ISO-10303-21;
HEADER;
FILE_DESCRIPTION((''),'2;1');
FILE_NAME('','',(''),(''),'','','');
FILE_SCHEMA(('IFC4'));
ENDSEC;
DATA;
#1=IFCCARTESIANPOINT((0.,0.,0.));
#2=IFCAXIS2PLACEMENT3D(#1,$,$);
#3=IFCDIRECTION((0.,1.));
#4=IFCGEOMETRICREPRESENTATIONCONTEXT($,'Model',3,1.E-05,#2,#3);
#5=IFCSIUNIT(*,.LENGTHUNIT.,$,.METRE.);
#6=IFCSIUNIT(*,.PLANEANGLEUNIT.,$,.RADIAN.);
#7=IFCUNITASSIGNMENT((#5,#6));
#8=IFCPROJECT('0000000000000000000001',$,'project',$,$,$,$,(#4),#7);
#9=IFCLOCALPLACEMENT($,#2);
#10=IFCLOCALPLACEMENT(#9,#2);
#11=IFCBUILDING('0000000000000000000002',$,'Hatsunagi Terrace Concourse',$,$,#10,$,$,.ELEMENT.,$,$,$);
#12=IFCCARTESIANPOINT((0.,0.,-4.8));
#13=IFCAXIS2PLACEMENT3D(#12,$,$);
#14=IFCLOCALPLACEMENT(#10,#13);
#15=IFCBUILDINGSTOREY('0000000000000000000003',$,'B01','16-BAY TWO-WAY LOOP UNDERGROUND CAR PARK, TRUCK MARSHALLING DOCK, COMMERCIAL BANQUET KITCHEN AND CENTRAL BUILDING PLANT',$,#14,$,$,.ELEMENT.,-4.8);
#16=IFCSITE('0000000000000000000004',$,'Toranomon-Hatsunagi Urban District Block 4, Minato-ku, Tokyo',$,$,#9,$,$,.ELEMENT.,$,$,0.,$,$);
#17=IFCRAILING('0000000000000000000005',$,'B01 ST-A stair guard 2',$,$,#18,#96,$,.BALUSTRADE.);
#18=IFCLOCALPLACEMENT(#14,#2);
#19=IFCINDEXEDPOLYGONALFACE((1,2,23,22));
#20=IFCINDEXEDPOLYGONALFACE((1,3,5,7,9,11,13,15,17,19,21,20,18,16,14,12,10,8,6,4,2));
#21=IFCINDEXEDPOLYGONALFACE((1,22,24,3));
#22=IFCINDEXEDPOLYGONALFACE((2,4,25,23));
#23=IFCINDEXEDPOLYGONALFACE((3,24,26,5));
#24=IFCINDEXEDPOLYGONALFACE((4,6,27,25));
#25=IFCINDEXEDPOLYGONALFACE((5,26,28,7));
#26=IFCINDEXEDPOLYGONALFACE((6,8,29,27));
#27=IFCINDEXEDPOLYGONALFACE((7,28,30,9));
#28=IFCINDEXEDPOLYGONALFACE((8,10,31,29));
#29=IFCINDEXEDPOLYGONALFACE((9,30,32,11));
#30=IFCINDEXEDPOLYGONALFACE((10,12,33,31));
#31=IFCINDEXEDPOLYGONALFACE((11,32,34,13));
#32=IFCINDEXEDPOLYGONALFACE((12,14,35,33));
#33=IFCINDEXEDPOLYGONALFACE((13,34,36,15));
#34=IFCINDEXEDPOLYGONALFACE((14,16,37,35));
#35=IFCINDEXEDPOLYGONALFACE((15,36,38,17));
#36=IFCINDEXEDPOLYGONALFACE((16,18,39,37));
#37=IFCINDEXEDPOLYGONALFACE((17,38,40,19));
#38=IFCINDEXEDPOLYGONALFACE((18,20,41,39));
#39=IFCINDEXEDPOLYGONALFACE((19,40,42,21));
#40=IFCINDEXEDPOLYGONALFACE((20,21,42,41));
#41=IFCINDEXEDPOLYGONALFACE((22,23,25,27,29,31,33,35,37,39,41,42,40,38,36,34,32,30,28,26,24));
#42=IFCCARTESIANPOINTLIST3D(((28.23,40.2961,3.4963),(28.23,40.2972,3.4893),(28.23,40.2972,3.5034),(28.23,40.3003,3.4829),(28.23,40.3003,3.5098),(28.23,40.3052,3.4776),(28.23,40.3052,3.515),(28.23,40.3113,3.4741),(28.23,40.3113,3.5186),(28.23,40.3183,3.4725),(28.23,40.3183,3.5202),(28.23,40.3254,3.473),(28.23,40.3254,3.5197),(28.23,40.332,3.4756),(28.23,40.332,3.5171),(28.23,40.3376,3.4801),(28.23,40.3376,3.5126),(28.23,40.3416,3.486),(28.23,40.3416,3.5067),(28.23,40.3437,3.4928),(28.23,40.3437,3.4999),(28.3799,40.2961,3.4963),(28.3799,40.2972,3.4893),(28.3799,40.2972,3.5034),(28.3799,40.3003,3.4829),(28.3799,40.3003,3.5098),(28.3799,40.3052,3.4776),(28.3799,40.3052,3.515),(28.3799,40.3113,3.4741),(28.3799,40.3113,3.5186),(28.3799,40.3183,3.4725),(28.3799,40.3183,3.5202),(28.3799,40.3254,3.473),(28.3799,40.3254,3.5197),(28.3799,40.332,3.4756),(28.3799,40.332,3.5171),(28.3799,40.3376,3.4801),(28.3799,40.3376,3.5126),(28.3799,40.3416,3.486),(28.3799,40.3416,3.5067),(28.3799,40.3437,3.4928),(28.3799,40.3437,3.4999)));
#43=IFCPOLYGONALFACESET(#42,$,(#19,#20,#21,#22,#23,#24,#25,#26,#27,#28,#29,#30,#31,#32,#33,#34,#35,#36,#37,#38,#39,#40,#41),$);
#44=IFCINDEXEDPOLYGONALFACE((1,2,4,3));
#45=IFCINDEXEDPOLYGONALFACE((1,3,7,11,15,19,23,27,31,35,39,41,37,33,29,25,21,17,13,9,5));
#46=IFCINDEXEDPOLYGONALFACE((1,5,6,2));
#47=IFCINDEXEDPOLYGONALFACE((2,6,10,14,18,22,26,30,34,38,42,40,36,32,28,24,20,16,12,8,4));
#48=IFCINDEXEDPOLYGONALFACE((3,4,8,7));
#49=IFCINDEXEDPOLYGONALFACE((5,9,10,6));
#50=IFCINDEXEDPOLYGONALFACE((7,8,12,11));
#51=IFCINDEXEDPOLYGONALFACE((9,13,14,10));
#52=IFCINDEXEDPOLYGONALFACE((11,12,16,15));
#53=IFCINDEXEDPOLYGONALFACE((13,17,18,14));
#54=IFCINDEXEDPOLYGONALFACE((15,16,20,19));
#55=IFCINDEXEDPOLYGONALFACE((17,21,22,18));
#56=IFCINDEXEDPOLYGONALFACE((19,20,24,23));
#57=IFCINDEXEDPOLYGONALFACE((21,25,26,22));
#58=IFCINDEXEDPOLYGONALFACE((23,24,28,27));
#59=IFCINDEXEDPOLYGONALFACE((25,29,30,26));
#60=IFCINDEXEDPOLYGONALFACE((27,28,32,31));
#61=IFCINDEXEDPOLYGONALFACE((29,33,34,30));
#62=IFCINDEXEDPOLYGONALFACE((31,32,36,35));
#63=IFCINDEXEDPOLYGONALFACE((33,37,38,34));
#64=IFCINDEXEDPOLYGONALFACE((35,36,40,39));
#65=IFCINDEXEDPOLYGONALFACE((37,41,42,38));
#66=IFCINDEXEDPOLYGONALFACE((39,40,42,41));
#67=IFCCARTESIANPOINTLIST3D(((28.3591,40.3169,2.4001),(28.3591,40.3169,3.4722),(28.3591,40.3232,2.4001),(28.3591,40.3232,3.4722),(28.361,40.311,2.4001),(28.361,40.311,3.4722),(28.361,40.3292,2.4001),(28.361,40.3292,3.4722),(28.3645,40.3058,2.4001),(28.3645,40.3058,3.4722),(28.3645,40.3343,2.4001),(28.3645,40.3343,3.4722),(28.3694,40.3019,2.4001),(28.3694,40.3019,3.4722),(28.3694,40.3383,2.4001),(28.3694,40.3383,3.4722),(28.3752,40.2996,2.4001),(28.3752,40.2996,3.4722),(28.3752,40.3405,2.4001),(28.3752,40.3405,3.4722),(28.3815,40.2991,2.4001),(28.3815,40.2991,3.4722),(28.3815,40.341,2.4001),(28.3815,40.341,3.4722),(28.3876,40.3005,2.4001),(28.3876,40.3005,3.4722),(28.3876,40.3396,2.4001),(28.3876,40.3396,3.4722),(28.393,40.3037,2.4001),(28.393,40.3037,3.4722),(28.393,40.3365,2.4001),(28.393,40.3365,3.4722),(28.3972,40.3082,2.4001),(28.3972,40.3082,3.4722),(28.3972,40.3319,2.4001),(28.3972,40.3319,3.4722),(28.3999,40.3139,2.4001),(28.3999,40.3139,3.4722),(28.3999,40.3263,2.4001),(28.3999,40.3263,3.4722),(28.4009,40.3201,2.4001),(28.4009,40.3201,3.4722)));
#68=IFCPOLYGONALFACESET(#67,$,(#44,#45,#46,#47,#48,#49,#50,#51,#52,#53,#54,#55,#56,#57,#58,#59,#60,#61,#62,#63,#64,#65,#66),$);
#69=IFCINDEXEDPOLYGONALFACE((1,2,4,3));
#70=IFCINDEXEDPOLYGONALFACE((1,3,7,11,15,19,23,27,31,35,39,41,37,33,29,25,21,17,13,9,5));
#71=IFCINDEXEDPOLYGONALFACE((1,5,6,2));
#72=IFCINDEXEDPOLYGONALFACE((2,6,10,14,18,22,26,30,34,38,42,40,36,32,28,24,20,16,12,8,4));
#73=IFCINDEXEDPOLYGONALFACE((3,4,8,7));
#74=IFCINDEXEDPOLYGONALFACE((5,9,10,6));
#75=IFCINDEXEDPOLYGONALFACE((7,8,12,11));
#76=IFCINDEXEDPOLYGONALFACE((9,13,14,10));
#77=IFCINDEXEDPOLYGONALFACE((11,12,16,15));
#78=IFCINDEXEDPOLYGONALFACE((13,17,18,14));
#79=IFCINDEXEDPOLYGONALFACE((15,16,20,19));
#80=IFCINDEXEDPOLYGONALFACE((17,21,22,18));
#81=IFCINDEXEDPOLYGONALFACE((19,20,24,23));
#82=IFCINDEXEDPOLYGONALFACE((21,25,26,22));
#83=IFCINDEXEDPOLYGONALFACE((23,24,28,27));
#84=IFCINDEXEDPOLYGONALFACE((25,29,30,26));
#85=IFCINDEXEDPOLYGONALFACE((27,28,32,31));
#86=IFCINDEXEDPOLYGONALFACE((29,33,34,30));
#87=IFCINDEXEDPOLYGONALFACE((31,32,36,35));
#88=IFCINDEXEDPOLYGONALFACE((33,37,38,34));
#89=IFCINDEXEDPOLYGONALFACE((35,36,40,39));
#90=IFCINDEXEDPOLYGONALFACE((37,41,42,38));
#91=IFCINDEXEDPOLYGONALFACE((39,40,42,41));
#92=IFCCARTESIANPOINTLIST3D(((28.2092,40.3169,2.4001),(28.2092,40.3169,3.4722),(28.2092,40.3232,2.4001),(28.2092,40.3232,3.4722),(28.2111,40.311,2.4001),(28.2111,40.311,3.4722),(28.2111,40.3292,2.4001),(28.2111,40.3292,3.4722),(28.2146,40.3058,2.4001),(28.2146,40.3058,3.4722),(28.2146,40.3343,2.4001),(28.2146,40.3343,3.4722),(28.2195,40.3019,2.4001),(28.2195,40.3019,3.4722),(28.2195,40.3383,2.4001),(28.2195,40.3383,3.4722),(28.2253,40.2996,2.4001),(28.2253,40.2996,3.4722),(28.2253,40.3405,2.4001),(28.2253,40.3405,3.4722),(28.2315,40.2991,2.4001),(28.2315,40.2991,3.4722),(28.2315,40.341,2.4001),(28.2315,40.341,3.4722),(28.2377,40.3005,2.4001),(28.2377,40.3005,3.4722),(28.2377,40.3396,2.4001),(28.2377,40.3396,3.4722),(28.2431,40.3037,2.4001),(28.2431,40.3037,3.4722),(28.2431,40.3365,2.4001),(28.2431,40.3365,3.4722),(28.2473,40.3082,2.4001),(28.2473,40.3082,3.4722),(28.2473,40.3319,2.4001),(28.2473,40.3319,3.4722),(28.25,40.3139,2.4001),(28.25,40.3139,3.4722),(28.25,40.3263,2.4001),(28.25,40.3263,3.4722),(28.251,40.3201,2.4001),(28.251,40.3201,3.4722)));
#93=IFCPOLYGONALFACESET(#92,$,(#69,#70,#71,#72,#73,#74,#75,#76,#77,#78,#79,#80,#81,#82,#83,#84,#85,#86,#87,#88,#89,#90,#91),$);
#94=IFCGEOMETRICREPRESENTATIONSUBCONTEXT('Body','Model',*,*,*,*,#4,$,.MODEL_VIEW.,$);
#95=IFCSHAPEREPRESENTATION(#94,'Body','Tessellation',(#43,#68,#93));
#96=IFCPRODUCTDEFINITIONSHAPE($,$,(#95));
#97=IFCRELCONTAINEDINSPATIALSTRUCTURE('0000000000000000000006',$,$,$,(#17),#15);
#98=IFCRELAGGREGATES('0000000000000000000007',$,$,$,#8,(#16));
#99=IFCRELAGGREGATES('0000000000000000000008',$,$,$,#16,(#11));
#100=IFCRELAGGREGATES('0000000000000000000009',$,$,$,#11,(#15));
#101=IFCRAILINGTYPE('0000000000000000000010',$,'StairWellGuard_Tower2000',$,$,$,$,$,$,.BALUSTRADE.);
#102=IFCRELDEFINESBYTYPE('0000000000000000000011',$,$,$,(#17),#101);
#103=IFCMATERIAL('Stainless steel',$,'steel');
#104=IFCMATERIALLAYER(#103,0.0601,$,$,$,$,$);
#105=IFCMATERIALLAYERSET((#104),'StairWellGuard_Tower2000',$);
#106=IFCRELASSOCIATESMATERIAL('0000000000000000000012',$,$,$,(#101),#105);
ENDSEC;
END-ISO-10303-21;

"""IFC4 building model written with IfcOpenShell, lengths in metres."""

from ifc_helpers import new_model, si_unit, direction, frame, origin, origin_2d, place, context, subcontext, project, spatial, circle, extrude, material, layer, layer_set, type_object, element, save


model = new_model("IFC4")

# Units and contexts
model_context = context("Model", 3, precision=1e-05, world=origin(), true_north=direction((0.0, 1.0)))
body_context = subcontext(model_context, "Body", "Model", "MODEL_VIEW")
ifc_project = project(units=[si_unit("LENGTHUNIT", "METRE"), si_unit("PLANEANGLEUNIT", "RADIAN")], contexts=[model_context])

# Site, building, storey
site_placement = place(None, origin())
site = spatial("IfcSite", under=ifc_project, at=site_placement, Name="Toranomon-Hatsunagi Urban District Block 4, Minato-ku, Tokyo", CompositionType="ELEMENT", RefElevation=0.0)
building_placement = place(site_placement, origin())
building = spatial("IfcBuilding", under=site, at=building_placement, Name="Hatsunagi Terrace Concourse", CompositionType="ELEMENT")
storey_placement = place(building_placement, frame((0.0, 0.0, -4.8)))
storey = spatial("IfcBuildingStorey", under=building, at=storey_placement, Name="B01", Description="16-BAY TWO-WAY LOOP UNDERGROUND CAR PARK, TRUCK MARSHALLING DOCK, COMMERCIAL BANQUET KITCHEN AND CENTRAL BUILDING PLANT", CompositionType="ELEMENT", Elevation=-4.8)

# Railing
ifc_material_1 = material(Name="Stainless steel", Category="steel")
ifc_layer_1 = layer(ifc_material_1, 0.0601)
ifc_layer_set_1 = layer_set([ifc_layer_1], Name="StairWellGuard_Tower2000")
railing_type_1 = type_object("IfcRailingType", Name="StairWellGuard_Tower2000", PredefinedType="BALUSTRADE", material=ifc_layer_set_1)
railing_1_placement = place(storey_placement, frame((28.3799, 40.3201, 2.4001)))
element("IfcRailing", 1, at=railing_1_placement, inside=storey, type_object=railing_type_1, Name="B01 ST-A stair guard 2", PredefinedType="BALUSTRADE", context=body_context, shape_type="SweptSolid", body=[
    extrude(circle(Radius=0.0239, at=origin_2d()), frame((0.0, 0.0, 1.0962), z_axis=(-1.0, 0.0, 0.0), x_axis=(0.0, -1.0, 0.0)), (0.0, 0.0, 1.0), 0.1499),
    extrude(circle(Radius=0.021, at=origin_2d()), origin(), (0.0, 0.0, 1.0), 1.072),
    extrude(circle(Radius=0.021, at=origin_2d()), frame((-0.1499, 0.0, 0.0)), (0.0, 0.0, 1.0), 1.072),
])

save(model, "model.ifc")
